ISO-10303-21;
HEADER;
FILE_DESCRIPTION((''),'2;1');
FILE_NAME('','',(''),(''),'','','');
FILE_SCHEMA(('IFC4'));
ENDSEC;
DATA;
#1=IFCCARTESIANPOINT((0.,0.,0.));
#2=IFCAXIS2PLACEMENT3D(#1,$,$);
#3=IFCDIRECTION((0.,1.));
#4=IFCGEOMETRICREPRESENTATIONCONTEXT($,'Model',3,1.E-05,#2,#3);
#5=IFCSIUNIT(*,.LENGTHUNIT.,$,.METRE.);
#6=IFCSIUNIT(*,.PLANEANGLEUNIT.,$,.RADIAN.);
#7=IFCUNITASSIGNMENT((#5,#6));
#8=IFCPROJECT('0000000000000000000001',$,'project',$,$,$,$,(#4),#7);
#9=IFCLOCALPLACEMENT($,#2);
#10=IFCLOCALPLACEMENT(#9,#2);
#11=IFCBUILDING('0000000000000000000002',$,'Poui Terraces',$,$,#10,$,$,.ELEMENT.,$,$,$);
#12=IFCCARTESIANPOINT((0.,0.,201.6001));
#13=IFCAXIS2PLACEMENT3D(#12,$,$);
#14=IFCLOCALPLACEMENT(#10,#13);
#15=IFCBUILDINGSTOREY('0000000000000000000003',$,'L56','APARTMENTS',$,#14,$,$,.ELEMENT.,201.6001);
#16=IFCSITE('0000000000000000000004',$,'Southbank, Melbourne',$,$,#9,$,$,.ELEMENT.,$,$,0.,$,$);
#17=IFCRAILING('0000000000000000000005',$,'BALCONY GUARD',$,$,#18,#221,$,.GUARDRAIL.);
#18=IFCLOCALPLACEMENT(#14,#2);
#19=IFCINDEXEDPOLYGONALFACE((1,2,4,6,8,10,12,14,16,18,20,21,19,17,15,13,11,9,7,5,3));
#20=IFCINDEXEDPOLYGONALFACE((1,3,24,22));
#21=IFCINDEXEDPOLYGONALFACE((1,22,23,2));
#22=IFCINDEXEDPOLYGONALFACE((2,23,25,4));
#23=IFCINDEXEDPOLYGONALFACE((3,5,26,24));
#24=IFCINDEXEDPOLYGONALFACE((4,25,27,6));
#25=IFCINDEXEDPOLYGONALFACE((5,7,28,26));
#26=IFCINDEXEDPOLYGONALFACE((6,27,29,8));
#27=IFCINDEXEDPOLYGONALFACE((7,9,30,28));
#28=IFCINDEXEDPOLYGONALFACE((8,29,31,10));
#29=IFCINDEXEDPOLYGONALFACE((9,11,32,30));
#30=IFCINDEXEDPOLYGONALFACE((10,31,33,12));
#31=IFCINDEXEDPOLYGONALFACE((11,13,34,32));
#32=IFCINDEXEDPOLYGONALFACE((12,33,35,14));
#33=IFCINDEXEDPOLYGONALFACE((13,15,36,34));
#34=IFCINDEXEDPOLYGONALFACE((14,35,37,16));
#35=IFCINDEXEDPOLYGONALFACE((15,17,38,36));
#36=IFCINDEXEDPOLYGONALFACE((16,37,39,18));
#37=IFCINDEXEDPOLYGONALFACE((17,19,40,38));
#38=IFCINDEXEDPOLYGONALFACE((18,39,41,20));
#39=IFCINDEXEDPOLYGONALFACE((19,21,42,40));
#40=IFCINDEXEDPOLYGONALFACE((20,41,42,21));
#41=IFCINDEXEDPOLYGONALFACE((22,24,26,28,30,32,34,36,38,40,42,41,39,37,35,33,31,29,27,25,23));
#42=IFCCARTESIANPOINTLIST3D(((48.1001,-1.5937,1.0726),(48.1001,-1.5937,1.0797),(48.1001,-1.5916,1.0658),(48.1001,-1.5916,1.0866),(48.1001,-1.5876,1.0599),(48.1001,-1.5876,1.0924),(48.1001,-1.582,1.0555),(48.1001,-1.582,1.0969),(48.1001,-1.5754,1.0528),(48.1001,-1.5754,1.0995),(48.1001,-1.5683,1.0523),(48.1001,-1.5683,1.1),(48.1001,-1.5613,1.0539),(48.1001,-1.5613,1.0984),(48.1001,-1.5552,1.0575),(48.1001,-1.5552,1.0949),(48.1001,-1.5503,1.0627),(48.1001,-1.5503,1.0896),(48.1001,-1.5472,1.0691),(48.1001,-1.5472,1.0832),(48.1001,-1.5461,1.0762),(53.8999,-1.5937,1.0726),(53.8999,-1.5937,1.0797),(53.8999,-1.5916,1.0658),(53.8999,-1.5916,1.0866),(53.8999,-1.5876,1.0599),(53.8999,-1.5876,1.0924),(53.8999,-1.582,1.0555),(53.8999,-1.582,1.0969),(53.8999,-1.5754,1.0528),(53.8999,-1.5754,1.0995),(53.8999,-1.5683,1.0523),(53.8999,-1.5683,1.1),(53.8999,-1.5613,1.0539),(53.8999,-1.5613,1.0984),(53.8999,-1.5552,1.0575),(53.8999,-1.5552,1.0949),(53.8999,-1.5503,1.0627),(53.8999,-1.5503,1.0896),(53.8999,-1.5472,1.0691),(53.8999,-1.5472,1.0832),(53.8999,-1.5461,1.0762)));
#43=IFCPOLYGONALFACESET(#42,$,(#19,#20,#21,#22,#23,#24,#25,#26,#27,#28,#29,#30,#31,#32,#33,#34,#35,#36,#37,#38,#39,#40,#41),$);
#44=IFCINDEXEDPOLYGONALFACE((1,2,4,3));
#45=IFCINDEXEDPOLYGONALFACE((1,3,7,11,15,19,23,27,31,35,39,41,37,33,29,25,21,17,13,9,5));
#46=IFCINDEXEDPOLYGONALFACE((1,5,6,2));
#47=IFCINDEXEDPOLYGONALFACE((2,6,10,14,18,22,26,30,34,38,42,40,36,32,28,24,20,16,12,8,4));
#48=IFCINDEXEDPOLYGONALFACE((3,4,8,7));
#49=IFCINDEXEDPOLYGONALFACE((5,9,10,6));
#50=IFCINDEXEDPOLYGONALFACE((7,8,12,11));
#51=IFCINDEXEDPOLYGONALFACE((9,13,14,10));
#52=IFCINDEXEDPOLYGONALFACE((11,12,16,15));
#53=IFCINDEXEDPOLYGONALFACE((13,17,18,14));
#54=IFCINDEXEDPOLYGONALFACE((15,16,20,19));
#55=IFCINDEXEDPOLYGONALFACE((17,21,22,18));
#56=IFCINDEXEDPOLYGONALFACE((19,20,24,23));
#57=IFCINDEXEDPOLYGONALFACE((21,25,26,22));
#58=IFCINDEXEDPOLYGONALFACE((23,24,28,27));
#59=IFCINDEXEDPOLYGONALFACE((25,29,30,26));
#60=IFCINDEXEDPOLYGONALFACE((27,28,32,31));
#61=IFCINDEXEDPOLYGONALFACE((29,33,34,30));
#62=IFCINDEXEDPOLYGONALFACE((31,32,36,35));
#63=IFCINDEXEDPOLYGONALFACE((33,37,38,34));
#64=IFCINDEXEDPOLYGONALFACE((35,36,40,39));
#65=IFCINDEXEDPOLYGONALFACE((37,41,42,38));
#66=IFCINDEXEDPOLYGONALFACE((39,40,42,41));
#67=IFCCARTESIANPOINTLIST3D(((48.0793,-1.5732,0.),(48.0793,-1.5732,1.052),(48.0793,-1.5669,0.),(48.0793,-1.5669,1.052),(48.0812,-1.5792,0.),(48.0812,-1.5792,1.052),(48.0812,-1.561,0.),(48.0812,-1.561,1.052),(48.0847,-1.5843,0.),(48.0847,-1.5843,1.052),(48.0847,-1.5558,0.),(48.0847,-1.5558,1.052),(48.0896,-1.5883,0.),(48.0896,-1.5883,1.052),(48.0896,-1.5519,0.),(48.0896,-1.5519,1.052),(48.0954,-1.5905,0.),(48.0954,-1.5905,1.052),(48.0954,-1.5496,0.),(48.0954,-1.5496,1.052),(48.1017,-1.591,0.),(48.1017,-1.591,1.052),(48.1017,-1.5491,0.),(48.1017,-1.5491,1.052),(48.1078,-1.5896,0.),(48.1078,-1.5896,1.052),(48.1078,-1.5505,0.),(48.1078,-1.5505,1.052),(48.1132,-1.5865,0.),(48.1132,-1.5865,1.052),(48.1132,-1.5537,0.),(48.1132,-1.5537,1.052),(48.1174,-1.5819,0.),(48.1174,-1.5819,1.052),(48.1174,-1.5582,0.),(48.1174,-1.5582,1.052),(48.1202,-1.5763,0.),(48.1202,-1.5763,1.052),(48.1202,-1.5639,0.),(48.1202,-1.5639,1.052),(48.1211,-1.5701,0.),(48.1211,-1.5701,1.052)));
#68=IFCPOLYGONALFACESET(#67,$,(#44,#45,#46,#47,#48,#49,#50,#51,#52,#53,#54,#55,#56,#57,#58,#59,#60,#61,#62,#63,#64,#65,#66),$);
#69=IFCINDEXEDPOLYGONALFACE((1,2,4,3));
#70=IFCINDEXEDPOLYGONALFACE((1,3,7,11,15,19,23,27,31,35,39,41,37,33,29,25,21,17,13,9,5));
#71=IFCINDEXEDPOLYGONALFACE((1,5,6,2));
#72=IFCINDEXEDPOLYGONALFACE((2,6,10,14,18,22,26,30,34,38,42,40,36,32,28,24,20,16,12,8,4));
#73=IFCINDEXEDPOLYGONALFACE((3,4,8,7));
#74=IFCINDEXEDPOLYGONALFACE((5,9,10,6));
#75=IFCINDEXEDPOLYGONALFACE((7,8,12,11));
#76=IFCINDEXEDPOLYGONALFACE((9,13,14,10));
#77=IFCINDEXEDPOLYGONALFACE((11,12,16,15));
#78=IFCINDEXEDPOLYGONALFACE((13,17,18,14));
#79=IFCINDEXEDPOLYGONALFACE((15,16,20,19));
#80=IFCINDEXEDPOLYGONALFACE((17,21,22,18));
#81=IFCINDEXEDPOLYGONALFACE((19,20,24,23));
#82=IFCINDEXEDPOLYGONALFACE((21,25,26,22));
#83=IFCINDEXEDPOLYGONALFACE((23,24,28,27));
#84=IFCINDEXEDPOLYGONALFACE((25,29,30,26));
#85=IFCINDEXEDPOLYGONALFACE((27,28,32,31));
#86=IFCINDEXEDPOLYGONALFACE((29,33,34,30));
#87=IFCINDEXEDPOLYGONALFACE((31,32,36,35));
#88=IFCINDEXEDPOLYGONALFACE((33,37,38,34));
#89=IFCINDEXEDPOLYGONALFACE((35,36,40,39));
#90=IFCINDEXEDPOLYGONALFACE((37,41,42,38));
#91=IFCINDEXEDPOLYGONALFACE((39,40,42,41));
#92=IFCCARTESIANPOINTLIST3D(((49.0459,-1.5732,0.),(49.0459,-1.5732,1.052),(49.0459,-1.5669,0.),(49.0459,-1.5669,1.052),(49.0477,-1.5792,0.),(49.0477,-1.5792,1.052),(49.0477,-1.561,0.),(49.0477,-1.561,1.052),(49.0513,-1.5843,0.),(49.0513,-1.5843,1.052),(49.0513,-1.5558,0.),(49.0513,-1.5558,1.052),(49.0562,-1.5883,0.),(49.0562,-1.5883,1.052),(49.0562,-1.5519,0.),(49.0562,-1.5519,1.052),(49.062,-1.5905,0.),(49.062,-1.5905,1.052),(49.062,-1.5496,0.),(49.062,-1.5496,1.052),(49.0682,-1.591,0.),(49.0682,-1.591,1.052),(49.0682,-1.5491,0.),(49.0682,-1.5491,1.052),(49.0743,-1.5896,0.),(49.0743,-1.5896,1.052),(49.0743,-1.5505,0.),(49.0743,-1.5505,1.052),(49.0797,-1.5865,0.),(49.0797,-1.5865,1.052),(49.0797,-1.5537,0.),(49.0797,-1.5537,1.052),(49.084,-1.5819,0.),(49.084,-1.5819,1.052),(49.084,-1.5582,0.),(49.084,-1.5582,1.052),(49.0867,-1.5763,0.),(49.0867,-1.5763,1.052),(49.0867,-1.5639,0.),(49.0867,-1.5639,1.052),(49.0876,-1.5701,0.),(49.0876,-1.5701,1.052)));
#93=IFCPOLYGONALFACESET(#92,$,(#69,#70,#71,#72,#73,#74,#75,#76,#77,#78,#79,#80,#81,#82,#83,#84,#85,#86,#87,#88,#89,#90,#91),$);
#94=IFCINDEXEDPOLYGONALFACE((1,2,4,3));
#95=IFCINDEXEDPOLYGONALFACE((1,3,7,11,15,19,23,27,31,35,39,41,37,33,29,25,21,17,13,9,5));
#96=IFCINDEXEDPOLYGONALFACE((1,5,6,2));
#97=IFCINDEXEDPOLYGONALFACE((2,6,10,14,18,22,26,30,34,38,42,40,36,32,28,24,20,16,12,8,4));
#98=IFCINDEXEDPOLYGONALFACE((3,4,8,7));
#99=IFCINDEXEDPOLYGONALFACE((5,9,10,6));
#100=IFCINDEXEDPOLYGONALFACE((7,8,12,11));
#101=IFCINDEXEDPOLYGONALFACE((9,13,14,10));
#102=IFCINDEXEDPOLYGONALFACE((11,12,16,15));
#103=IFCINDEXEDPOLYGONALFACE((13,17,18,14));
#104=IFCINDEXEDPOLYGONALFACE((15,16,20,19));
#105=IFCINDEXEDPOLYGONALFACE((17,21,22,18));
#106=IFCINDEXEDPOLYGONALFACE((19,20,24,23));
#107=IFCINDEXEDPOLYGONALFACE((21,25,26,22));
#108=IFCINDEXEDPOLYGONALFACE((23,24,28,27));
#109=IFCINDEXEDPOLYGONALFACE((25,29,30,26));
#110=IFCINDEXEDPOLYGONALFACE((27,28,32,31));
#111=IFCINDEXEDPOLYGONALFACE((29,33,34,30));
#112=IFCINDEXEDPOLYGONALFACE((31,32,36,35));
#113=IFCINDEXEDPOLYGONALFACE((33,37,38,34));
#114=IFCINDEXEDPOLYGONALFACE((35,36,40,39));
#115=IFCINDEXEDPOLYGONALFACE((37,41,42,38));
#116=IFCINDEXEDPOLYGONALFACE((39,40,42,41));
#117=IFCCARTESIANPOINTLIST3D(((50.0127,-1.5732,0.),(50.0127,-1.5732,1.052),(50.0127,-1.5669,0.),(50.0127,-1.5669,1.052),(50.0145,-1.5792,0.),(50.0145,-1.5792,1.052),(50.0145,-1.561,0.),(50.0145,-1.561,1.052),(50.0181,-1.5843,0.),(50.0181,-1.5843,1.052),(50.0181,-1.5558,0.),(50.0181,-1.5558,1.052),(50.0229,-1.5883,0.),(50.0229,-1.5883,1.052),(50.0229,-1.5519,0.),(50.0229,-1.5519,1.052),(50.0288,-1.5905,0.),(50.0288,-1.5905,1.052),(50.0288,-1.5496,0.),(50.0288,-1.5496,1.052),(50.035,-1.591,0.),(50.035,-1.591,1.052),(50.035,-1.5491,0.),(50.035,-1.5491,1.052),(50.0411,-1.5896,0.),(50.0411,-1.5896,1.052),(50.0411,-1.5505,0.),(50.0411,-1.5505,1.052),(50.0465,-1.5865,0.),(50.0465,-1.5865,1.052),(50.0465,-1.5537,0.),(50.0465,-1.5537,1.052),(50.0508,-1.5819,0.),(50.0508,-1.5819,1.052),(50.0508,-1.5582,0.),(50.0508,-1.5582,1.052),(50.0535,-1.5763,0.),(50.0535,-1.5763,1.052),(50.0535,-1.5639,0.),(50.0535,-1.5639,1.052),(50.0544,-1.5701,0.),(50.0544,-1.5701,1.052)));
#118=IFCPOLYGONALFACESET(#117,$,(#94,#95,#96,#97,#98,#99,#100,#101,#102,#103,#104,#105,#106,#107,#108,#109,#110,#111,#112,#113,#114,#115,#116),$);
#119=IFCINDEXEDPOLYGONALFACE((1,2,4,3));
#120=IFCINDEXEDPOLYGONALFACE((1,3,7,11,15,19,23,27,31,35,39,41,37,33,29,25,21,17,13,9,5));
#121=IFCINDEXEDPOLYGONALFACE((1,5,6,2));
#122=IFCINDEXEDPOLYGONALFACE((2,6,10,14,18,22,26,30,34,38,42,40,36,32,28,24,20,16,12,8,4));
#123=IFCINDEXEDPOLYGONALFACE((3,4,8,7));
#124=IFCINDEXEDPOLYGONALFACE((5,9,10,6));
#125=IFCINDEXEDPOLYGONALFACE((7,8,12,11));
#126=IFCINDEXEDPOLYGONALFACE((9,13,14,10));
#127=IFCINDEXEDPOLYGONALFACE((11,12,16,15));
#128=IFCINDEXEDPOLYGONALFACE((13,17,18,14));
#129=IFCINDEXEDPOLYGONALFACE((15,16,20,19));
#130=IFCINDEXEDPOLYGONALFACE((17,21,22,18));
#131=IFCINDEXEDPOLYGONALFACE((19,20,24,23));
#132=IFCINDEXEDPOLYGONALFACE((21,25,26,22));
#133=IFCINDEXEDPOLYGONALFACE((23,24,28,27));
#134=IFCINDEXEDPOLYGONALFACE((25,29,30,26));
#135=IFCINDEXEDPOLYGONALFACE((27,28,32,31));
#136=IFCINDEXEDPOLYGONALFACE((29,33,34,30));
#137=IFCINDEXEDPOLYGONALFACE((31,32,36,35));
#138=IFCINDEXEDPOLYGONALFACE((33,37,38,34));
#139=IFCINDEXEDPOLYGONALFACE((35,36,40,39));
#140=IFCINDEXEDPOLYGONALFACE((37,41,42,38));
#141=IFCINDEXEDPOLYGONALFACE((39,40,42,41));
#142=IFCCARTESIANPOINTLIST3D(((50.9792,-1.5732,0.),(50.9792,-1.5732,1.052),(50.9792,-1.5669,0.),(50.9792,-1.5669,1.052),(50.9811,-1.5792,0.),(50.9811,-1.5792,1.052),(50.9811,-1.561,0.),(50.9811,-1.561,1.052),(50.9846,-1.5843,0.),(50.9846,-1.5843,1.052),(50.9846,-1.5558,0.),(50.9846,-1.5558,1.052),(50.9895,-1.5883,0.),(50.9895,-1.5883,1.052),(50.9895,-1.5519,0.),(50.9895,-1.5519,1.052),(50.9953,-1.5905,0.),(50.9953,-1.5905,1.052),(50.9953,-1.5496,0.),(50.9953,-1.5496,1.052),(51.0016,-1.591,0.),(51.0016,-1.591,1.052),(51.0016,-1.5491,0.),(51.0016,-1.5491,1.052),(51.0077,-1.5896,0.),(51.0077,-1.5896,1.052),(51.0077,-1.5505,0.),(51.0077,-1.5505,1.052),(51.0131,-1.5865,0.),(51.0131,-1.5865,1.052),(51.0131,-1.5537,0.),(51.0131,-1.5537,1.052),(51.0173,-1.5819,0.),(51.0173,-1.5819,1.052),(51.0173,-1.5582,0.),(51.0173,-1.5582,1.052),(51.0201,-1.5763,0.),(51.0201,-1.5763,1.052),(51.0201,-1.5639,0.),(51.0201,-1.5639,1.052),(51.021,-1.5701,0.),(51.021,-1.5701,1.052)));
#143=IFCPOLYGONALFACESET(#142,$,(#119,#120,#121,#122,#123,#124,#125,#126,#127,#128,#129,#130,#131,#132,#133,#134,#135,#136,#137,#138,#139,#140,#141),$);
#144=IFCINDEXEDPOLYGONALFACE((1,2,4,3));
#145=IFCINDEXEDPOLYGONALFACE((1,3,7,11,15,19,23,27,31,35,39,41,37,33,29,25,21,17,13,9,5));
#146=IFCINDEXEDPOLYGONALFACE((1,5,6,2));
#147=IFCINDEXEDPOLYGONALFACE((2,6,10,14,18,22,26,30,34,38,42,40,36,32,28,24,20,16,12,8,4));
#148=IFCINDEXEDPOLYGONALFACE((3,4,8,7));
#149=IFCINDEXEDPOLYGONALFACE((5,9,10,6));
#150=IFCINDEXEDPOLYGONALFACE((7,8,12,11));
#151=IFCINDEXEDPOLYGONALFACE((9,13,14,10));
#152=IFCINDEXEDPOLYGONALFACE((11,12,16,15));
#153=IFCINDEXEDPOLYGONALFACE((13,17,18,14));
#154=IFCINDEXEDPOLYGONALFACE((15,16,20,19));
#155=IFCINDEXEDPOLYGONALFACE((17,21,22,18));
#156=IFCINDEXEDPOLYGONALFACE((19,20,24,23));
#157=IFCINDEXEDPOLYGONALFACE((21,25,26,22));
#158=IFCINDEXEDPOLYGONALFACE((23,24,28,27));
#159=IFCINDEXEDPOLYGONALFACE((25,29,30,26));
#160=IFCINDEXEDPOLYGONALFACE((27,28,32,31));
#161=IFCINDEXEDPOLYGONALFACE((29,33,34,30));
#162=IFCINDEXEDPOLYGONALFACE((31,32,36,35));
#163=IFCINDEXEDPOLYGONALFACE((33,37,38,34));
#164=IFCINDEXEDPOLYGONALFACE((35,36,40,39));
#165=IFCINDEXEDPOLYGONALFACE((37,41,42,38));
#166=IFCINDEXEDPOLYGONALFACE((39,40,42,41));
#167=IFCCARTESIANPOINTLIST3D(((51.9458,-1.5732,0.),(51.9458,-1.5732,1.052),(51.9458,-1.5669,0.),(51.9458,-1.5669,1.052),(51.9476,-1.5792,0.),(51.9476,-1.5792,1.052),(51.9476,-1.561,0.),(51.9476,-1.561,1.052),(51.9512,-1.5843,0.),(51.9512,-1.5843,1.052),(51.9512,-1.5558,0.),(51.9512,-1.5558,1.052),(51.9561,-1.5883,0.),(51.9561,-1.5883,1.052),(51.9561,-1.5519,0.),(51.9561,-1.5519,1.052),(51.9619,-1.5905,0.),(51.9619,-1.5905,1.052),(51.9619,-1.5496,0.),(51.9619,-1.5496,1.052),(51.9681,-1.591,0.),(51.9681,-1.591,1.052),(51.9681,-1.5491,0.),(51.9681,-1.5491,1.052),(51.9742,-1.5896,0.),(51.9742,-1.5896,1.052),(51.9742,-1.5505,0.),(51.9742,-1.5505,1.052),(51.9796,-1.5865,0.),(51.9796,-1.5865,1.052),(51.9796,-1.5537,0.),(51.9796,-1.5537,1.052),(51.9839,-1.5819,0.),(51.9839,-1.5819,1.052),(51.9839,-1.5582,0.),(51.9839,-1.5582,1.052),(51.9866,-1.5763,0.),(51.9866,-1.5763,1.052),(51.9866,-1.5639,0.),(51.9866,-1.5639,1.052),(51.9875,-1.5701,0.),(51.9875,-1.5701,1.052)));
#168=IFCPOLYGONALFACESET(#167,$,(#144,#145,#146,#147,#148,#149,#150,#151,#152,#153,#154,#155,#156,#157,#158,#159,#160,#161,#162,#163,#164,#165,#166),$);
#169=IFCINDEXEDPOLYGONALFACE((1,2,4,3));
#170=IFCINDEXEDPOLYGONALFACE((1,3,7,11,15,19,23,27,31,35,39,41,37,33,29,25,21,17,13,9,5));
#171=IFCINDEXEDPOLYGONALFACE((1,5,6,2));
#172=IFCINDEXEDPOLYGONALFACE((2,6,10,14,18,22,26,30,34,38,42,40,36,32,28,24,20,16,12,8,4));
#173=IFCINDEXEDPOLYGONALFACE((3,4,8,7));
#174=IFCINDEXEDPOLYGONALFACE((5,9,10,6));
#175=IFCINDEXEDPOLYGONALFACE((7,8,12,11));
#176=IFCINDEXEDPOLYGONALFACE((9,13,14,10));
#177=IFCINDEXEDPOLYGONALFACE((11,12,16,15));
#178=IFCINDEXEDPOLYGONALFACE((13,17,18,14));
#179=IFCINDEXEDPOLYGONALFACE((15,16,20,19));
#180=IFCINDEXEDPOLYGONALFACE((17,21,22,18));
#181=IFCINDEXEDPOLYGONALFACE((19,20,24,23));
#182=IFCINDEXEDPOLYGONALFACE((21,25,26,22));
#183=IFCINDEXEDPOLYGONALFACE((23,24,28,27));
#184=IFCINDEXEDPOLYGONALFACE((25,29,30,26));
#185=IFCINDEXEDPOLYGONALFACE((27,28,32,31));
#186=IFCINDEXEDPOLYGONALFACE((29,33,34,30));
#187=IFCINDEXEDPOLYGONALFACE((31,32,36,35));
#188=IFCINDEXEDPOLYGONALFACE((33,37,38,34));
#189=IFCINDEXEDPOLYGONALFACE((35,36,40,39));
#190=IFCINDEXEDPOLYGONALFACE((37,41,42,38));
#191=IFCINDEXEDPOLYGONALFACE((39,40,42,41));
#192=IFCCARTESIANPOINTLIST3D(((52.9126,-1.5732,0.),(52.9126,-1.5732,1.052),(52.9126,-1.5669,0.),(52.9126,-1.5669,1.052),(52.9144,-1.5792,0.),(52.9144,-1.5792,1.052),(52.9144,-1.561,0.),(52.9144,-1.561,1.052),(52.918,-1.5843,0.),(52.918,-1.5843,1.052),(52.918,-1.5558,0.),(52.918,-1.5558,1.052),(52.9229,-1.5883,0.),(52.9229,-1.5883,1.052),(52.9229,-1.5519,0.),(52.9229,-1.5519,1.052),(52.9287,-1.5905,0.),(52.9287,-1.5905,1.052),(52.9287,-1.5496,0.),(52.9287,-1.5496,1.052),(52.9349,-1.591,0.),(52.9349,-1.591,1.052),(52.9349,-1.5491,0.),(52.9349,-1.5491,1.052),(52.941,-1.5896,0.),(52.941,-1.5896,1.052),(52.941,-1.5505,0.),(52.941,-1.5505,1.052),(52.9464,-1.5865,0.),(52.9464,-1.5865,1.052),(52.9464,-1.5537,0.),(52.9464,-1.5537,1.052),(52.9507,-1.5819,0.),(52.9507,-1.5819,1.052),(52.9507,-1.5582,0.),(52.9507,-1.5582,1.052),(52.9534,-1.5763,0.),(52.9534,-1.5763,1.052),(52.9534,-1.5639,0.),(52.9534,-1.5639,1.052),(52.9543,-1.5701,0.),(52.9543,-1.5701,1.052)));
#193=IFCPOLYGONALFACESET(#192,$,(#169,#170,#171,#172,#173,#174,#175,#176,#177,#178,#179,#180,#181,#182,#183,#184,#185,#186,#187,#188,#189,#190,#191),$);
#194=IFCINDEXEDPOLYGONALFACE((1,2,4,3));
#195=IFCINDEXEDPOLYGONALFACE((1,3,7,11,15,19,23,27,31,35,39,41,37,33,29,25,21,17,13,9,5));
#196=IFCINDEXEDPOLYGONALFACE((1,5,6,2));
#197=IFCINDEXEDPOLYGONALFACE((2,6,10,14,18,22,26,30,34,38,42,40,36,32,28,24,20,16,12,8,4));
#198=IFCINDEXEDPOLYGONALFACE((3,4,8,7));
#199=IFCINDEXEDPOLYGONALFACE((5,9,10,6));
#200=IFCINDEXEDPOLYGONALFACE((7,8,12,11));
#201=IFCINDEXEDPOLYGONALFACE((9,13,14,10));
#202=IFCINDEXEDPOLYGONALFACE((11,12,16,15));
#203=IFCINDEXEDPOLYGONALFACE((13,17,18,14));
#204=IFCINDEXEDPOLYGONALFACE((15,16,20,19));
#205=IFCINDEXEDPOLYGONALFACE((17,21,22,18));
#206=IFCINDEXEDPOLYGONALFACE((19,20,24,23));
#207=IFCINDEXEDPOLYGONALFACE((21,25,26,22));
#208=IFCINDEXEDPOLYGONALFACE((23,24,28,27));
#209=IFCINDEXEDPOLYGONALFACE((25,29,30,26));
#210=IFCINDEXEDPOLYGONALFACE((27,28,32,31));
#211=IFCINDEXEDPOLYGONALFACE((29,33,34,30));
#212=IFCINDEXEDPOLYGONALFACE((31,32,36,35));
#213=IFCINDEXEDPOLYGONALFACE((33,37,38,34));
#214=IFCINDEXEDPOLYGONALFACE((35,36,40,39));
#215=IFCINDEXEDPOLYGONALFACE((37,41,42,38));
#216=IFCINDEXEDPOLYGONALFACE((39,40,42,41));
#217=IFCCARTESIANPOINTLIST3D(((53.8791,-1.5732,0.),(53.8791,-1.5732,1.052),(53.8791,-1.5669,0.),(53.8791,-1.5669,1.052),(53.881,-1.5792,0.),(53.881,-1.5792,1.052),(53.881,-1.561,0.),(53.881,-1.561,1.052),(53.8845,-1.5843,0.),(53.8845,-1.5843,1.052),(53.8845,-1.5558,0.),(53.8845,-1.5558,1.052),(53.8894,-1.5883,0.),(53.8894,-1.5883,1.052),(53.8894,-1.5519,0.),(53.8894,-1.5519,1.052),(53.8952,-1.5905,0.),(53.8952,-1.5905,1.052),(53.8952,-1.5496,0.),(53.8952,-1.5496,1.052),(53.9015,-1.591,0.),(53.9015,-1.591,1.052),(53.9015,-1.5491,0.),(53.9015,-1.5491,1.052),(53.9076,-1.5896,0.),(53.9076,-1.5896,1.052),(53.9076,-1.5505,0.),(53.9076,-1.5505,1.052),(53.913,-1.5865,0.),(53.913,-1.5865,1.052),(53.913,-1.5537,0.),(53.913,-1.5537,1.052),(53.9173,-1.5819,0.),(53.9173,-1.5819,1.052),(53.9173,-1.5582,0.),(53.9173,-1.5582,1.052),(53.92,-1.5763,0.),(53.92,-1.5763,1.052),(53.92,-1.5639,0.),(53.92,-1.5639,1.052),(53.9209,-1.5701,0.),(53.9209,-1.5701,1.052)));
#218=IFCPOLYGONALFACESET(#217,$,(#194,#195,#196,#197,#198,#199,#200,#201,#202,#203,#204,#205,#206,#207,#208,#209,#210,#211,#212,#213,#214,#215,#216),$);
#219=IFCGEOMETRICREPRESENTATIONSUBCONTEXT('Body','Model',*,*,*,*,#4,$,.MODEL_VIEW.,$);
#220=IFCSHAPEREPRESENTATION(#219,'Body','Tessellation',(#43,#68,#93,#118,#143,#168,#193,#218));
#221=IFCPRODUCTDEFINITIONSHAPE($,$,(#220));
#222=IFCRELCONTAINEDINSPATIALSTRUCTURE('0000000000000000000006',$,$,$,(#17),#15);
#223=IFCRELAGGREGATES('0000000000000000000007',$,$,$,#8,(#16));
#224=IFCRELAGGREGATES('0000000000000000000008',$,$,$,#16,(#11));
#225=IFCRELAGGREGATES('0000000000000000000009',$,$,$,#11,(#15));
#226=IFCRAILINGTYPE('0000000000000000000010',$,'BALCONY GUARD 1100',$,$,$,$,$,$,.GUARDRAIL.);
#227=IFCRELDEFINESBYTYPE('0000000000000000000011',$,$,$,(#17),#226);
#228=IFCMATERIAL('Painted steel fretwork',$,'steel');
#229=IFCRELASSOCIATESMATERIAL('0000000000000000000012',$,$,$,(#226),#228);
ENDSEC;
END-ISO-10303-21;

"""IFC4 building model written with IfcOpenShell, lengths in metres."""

from ifc_helpers import new_model, si_unit, direction, frame, origin, origin_2d, place, context, subcontext, project, spatial, circle, extrude, material, type_object, element, save


model = new_model("IFC4")

# Units and contexts
model_context = context("Model", 3, precision=1e-05, world=origin(), true_north=direction((0.0, 1.0)))
body_context = subcontext(model_context, "Body", "Model", "MODEL_VIEW")
ifc_project = project(units=[si_unit("LENGTHUNIT", "METRE"), si_unit("PLANEANGLEUNIT", "RADIAN")], contexts=[model_context])

# Site, building, storey
site_placement = place(None, origin())
site = spatial("IfcSite", under=ifc_project, at=site_placement, Name="Southbank, Melbourne", CompositionType="ELEMENT", RefElevation=0.0)
building_placement = place(site_placement, origin())
building = spatial("IfcBuilding", under=site, at=building_placement, Name="Poui Terraces", CompositionType="ELEMENT")
storey_placement = place(building_placement, frame((0.0, 0.0, 201.6001)))
storey = spatial("IfcBuildingStorey", under=building, at=storey_placement, Name="L56", Description="APARTMENTS", CompositionType="ELEMENT", Elevation=201.6001)

# Railing
ifc_material_1 = material(Name="Painted steel fretwork", Category="steel")
railing_type = type_object("IfcRailingType", Name="BALCONY GUARD 1100", PredefinedType="GUARDRAIL", material=ifc_material_1)
railing_placement = place(storey_placement, frame((48.1001, -1.5701, 0.0)))
element("IfcRailing", 1, at=railing_placement, inside=storey, type_object=railing_type, Name="BALCONY GUARD", PredefinedType="GUARDRAIL", context=body_context, shape_type="SweptSolid", body=[
    extrude(circle(Radius=0.0239, at=origin_2d()), frame((0.0, 0.0, 1.0762), z_axis=(1.0, 0.0, 0.0), x_axis=(0.0, 1.0, 0.0)), (0.0, 0.0, 1.0), 5.7998),
    extrude(circle(Radius=0.021, at=origin_2d()), origin(), (0.0, 0.0, 1.0), 1.052),
    extrude(circle(Radius=0.021, at=origin_2d()), frame((0.9666, 0.0, 0.0)), (0.0, 0.0, 1.0), 1.052),
    extrude(circle(Radius=0.021, at=origin_2d()), frame((1.9333, 0.0, 0.0)), (0.0, 0.0, 1.0), 1.052),
    extrude(circle(Radius=0.021, at=origin_2d()), frame((2.8999, 0.0, 0.0)), (0.0, 0.0, 1.0), 1.052),
    extrude(circle(Radius=0.021, at=origin_2d()), frame((3.8665, 0.0, 0.0)), (0.0, 0.0, 1.0), 1.052),
    extrude(circle(Radius=0.021, at=origin_2d()), frame((4.8333, 0.0, 0.0)), (0.0, 0.0, 1.0), 1.052),
    extrude(circle(Radius=0.021, at=origin_2d()), frame((5.7998, 0.0, 0.0)), (0.0, 0.0, 1.0), 1.052),
])

save(model, "model.ifc")
